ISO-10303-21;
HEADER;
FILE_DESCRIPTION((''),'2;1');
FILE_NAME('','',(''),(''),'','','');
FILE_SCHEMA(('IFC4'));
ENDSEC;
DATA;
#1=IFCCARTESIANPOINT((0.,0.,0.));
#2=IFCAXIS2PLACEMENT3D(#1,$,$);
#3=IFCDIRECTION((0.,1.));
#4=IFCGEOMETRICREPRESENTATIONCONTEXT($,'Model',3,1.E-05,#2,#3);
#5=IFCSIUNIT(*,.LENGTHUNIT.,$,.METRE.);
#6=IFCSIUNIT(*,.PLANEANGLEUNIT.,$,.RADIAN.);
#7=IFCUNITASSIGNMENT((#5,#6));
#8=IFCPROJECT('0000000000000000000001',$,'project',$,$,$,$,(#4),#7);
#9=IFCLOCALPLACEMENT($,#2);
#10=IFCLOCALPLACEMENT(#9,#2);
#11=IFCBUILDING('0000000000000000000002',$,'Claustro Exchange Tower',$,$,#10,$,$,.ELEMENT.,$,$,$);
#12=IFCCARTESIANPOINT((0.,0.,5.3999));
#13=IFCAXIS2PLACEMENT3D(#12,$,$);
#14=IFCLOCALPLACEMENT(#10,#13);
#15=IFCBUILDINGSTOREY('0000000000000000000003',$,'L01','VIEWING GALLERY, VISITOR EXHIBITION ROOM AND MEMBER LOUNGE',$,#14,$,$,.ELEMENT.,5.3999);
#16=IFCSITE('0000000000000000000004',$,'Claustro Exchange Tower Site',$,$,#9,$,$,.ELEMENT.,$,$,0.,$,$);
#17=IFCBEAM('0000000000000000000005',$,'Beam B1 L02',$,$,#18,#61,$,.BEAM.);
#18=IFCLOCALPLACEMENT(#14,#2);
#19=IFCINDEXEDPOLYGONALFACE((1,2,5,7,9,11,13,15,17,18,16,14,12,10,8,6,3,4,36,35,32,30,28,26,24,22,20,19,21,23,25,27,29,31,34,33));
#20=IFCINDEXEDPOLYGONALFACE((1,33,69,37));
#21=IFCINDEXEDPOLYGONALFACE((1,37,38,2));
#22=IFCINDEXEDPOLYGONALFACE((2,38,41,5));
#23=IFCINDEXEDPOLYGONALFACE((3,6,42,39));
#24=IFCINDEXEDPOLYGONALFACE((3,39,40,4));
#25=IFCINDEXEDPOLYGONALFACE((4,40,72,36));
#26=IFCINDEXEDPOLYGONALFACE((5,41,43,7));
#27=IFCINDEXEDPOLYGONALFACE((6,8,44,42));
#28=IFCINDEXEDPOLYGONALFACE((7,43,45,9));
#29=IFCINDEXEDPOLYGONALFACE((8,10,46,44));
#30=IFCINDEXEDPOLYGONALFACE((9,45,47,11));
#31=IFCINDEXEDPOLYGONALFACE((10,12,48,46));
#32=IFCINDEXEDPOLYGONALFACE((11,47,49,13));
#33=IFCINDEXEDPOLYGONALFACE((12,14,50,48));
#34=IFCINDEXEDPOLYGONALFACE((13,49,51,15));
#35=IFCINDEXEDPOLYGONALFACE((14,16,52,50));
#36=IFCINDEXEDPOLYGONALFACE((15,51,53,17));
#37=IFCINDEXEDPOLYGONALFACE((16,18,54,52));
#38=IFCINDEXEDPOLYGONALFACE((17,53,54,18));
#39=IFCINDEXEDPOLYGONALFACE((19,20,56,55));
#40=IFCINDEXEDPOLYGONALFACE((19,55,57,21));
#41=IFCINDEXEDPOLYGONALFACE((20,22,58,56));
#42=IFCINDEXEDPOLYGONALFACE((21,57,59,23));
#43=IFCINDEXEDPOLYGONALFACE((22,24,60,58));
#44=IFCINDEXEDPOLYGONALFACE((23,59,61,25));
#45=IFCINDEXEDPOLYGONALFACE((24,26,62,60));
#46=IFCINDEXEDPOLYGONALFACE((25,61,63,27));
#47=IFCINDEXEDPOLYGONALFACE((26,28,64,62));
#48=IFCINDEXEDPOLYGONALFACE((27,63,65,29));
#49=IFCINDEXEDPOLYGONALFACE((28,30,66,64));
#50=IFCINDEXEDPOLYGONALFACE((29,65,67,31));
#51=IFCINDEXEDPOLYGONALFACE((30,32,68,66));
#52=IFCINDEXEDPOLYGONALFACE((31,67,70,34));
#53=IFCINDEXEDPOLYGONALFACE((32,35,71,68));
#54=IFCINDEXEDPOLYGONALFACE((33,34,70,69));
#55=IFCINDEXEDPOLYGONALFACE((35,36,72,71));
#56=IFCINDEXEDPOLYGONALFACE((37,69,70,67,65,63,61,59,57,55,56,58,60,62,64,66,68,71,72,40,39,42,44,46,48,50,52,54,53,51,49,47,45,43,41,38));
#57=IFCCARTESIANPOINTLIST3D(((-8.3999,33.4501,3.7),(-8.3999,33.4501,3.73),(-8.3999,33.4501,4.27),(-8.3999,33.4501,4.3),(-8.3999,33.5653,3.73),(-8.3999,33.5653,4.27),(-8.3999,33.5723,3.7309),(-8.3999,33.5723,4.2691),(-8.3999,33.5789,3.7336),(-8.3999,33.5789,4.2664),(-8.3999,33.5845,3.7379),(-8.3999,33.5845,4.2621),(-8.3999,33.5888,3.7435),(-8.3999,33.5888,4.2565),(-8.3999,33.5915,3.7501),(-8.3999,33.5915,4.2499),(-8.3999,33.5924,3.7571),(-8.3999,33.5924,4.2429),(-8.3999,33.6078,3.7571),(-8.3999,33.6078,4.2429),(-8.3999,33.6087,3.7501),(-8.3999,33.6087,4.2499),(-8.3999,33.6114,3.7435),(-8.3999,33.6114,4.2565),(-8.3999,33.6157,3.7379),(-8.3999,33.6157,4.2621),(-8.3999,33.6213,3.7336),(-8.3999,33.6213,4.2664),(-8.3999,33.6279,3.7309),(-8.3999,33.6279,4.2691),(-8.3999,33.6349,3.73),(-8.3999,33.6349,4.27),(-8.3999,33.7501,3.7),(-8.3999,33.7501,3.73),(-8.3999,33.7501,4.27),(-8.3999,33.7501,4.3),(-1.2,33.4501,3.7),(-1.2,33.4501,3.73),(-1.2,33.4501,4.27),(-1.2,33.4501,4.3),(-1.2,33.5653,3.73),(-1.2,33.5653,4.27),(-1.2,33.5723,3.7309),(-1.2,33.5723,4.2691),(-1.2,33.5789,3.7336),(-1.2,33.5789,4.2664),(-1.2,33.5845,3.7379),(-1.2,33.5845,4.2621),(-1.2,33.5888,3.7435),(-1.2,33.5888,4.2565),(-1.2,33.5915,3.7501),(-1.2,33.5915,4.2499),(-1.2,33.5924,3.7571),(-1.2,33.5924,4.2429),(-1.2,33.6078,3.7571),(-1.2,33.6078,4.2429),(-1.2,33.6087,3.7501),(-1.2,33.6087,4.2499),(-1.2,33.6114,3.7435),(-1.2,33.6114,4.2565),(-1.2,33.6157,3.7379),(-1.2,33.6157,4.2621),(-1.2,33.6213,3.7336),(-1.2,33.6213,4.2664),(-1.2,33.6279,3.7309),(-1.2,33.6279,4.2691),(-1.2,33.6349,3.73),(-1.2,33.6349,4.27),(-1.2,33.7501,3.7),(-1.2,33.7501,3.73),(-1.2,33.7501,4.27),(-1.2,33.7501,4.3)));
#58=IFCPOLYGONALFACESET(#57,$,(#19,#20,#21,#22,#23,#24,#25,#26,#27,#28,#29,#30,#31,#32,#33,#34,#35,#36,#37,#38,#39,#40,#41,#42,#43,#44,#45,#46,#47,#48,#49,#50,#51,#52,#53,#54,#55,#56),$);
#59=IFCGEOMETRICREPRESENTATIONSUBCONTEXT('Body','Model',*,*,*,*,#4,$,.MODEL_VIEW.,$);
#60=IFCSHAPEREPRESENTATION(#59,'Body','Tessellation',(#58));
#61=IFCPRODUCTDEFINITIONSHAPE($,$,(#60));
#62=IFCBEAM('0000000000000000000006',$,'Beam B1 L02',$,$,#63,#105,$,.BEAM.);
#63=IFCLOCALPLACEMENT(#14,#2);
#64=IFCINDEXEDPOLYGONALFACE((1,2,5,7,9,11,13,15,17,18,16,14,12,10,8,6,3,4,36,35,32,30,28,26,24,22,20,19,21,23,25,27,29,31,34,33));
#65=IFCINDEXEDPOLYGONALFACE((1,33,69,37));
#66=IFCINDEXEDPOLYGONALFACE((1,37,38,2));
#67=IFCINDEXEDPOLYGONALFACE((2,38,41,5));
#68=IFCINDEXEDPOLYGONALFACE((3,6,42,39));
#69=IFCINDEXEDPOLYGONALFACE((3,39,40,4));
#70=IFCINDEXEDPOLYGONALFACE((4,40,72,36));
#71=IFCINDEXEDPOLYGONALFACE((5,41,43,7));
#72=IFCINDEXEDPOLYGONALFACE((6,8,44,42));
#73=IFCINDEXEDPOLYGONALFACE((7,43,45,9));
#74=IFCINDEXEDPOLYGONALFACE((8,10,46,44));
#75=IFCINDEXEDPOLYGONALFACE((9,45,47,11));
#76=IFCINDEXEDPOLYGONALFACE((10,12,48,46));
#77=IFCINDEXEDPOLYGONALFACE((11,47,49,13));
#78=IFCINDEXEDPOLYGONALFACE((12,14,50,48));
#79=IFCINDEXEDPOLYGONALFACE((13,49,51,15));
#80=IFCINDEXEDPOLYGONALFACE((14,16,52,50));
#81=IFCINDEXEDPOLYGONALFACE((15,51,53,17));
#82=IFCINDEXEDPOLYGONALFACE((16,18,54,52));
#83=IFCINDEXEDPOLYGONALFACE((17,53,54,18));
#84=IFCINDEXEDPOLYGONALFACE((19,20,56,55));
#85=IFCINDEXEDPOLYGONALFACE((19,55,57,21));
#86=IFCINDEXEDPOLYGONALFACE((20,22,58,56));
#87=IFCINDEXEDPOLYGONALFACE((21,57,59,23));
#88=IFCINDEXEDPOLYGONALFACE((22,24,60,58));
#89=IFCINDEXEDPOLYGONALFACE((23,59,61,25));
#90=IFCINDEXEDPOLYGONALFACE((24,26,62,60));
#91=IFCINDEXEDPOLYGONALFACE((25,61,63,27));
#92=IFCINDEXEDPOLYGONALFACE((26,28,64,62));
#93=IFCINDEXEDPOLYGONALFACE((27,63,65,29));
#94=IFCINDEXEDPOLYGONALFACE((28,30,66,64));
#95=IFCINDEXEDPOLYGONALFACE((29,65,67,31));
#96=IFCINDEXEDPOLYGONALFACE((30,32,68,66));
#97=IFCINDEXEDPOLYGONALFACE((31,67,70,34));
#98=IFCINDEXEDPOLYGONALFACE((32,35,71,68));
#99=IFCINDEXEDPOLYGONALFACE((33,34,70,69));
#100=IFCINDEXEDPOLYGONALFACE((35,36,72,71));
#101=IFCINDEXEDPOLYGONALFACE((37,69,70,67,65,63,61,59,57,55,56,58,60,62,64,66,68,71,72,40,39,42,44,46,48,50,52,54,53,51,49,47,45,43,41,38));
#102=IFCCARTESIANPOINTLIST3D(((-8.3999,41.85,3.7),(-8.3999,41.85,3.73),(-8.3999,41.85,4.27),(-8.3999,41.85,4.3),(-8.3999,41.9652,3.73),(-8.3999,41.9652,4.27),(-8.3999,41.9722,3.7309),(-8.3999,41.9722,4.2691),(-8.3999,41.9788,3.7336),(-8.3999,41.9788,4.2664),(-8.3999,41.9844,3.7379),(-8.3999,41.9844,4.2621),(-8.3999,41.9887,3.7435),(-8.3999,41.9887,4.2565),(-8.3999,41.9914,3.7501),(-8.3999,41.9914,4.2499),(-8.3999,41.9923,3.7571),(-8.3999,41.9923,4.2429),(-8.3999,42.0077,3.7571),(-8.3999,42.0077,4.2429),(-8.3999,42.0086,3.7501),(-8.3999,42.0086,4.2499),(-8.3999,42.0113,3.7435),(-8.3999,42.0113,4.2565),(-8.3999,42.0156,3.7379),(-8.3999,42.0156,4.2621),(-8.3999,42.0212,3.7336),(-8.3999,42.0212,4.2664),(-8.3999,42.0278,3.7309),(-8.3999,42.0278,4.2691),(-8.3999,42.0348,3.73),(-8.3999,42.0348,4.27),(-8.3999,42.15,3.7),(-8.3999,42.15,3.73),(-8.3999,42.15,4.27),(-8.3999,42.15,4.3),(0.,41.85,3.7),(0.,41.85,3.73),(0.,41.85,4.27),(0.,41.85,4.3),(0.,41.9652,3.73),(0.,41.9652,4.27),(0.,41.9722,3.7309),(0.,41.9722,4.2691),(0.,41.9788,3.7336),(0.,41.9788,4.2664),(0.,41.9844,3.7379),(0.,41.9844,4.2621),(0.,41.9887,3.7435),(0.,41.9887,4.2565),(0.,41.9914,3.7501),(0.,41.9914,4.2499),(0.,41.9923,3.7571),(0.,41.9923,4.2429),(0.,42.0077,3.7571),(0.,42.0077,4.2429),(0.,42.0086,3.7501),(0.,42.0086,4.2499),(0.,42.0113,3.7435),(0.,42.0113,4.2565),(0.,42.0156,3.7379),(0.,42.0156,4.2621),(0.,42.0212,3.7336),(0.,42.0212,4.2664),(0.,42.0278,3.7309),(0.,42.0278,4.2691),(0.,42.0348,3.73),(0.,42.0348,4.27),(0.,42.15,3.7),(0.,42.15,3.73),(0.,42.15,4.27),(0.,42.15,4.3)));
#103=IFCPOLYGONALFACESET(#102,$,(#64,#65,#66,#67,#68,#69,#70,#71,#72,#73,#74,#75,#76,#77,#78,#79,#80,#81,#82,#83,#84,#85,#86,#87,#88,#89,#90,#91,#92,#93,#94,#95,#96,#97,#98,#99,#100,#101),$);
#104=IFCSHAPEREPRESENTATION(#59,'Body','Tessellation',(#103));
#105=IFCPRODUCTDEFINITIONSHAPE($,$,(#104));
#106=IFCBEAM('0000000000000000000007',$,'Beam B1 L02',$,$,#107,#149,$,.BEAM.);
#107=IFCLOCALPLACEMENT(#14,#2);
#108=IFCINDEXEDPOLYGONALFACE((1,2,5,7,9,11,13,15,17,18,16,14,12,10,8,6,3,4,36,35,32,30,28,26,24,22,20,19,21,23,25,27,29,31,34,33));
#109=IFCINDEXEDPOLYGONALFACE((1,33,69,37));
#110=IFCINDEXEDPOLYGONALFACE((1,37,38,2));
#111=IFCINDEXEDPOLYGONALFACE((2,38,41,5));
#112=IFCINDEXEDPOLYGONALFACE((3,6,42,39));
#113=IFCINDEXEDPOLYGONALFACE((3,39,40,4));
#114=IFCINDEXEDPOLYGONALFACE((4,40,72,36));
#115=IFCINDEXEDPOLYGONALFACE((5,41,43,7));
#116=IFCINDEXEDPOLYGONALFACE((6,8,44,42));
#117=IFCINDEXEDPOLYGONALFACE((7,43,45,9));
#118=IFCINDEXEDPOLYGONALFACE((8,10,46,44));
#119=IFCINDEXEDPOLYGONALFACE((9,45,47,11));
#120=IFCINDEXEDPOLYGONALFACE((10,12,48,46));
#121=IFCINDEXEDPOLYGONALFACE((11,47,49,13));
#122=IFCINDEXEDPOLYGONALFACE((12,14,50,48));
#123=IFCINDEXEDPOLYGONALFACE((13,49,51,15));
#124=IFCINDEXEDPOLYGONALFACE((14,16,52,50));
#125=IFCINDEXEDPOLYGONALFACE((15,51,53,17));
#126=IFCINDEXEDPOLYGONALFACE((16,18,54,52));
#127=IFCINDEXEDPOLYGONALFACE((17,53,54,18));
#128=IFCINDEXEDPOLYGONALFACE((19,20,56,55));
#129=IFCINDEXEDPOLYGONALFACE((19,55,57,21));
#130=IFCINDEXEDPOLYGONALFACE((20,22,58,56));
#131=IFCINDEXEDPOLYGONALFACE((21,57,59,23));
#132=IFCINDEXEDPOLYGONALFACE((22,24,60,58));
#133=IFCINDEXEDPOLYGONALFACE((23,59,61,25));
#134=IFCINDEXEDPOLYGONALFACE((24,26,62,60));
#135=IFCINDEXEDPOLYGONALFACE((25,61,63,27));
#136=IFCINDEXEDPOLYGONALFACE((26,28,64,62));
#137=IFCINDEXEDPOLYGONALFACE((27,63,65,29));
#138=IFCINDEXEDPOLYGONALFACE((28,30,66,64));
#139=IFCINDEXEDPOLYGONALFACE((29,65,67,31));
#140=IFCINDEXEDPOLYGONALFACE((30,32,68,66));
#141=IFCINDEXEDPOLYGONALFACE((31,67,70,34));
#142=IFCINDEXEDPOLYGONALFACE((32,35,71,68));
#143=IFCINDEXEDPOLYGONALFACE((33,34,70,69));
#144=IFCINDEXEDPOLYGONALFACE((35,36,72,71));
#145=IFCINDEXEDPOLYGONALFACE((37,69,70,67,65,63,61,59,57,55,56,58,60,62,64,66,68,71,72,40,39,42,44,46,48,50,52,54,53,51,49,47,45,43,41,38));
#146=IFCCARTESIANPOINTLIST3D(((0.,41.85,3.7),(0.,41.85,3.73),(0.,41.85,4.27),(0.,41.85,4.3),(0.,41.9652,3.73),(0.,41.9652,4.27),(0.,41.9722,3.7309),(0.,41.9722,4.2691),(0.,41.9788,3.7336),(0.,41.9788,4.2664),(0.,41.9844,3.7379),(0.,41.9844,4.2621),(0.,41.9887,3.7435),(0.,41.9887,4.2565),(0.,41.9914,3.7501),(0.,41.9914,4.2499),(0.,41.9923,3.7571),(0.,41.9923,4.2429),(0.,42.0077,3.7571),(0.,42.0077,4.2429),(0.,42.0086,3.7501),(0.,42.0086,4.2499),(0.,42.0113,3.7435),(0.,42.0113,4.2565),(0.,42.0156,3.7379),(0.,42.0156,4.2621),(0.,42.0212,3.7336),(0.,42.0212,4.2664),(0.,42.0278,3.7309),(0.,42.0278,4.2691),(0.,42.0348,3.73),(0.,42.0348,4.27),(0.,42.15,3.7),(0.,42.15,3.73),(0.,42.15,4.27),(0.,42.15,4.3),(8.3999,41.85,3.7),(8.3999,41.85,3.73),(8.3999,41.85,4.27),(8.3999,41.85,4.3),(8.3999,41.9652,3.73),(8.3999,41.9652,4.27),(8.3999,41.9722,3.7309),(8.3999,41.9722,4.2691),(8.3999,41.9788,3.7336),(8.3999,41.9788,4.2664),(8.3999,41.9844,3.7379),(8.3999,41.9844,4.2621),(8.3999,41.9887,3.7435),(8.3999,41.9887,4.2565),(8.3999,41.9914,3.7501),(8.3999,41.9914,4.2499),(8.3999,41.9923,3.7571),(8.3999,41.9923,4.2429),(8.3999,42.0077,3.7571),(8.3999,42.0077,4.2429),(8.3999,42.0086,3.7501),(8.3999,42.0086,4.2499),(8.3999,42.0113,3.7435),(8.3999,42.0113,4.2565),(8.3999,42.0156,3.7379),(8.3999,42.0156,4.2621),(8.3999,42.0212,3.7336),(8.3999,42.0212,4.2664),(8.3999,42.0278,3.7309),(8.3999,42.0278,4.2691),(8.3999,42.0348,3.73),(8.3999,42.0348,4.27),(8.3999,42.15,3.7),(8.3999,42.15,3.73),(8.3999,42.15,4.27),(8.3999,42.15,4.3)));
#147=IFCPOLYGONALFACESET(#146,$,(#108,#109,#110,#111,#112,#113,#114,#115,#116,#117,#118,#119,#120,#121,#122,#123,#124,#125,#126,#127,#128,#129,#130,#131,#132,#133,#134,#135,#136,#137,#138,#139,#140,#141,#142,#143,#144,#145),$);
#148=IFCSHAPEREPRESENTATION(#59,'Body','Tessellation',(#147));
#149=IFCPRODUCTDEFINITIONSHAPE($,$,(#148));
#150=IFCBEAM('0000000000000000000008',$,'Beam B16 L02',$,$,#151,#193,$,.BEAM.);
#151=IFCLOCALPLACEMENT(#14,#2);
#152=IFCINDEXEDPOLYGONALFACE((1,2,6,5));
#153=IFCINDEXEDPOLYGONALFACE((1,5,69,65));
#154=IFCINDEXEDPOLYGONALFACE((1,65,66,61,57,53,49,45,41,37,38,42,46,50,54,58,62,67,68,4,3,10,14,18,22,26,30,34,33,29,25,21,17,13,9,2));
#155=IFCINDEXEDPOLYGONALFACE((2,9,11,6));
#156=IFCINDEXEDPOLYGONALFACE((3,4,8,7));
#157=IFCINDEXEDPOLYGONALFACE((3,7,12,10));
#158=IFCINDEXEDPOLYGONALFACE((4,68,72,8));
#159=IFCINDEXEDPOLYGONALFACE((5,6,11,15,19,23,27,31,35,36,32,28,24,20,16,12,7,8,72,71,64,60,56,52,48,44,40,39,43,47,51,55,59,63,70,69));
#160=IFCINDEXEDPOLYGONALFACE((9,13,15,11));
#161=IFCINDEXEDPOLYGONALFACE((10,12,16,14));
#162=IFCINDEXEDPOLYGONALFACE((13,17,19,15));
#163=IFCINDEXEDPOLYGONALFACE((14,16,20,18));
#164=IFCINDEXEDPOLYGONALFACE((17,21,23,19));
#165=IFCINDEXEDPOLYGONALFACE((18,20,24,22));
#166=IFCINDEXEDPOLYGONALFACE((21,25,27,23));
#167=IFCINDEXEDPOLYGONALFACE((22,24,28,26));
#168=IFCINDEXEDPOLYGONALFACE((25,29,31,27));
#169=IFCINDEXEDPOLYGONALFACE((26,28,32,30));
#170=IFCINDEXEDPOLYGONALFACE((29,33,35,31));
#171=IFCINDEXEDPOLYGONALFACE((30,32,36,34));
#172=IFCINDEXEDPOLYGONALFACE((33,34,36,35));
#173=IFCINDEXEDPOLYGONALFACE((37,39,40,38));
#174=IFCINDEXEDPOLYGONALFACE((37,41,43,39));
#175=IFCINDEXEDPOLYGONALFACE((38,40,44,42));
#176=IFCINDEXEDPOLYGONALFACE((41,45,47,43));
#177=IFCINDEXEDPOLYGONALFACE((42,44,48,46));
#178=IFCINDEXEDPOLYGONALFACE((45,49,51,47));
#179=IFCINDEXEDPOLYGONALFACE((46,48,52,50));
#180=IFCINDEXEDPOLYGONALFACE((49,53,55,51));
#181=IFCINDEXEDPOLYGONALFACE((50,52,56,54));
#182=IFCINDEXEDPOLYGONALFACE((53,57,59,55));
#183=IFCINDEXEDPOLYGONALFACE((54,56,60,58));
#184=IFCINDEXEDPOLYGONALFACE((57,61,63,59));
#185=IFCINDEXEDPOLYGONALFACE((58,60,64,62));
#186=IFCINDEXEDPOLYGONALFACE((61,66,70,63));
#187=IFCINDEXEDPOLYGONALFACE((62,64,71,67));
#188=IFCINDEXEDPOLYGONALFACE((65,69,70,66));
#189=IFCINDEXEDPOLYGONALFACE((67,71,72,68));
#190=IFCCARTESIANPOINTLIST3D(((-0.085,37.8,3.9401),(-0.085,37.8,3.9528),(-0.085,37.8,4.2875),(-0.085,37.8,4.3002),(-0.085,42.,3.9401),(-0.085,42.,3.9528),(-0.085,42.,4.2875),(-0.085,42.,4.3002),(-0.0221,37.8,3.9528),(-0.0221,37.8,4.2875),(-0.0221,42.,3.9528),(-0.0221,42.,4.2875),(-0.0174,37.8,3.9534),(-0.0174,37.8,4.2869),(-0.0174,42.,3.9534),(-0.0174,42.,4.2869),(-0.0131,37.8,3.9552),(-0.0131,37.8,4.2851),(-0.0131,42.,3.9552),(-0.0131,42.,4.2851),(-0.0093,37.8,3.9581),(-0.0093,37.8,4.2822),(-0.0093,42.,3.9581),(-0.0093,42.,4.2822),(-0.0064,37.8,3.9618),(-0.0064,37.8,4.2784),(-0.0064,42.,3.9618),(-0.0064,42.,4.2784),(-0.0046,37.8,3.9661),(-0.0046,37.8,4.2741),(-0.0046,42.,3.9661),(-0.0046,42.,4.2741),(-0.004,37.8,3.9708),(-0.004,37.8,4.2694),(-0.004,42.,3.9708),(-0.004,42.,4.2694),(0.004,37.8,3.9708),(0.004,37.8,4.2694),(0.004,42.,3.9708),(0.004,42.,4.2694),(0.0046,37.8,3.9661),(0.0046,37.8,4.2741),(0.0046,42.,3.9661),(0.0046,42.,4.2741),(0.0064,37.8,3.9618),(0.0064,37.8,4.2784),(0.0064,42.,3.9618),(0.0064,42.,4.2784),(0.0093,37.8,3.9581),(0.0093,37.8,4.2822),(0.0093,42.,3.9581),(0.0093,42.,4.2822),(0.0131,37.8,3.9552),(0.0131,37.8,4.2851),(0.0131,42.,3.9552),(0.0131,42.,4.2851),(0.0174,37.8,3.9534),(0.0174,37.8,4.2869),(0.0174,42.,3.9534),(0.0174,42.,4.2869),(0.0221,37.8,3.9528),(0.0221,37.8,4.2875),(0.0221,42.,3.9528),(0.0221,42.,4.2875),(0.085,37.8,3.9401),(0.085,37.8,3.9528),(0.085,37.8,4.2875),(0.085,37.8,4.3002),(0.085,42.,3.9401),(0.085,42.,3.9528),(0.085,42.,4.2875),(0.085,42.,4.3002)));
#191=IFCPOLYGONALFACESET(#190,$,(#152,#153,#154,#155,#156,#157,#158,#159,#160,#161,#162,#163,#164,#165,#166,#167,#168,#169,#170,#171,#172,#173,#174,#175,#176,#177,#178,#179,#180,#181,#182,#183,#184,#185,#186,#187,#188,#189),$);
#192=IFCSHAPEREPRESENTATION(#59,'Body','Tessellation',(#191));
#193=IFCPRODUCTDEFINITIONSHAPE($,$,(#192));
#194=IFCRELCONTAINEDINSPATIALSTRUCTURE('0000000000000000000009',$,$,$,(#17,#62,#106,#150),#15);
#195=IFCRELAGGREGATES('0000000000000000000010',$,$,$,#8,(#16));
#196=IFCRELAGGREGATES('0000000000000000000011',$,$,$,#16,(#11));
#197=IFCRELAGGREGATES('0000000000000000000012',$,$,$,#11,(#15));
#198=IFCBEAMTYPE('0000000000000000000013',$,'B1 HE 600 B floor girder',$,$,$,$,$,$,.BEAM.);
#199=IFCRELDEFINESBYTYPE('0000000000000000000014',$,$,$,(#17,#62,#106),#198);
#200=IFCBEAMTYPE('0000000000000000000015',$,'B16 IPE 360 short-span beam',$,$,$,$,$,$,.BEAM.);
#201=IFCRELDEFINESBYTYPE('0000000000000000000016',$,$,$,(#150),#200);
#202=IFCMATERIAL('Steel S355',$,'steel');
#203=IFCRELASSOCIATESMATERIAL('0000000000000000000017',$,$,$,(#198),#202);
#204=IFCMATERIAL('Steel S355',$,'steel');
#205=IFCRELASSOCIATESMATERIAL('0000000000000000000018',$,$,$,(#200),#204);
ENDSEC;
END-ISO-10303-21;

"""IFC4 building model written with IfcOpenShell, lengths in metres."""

from ifc_helpers import new_model, si_unit, direction, frame, origin, origin_2d, place, context, subcontext, project, spatial, i_section, extrude, material, material_profile, profile_set, type_object, element, save


model = new_model("IFC4")

# Units and contexts
model_context = context("Model", 3, precision=1e-05, world=origin(), true_north=direction((0.0, 1.0)))
body_context = subcontext(model_context, "Body", "Model", "MODEL_VIEW")
ifc_project = project(units=[si_unit("LENGTHUNIT", "METRE"), si_unit("PLANEANGLEUNIT", "RADIAN")], contexts=[model_context])

# Site, building, storey
site_placement = place(None, origin())
site = spatial("IfcSite", under=ifc_project, at=site_placement, Name="Claustro Exchange Tower Site", CompositionType="ELEMENT", RefElevation=0.0)
building_placement = place(site_placement, origin())
building = spatial("IfcBuilding", under=site, at=building_placement, Name="Claustro Exchange Tower", CompositionType="ELEMENT")
storey_placement = place(building_placement, frame((0.0, 0.0, 5.3999)))
storey = spatial("IfcBuildingStorey", under=building, at=storey_placement, Name="L01", Description="VIEWING GALLERY, VISITOR EXHIBITION ROOM AND MEMBER LOUNGE", CompositionType="ELEMENT", Elevation=5.3999)

# Beams
ifc_material_1 = material(Name="Steel S355", Category="steel")
ifc_material_profile_1 = material_profile(ifc_material_1, i_section(OverallWidth=0.3, OverallDepth=0.6001, WebThickness=0.0154, FlangeThickness=0.03, FilletRadius=0.0271, at=origin_2d()), Name="HE 600 B")
ifc_profile_set_1 = profile_set([ifc_material_profile_1], Name="Steel S355")
beam_type_1 = type_object("IfcBeamType", Name="B1 HE 600 B floor girder", PredefinedType="BEAM", material=ifc_profile_set_1)
beam_1_placement = place(storey_placement, frame((-8.3999, 33.6001, 4.0), z_axis=(1.0, 0.0, 0.0), x_axis=(0.0, 1.0, 0.0)))
element("IfcBeam", 1, at=beam_1_placement, inside=storey, type_object=beam_type_1, Name="Beam B1 L02", PredefinedType="BEAM", context=body_context, shape_type="SweptSolid", body=[
    extrude(i_section(OverallWidth=0.3, OverallDepth=0.6001, WebThickness=0.0154, FlangeThickness=0.03, FilletRadius=0.0271, at=origin_2d()), origin(), (0.0, 0.0, 1.0), 7.2),
])
for number, where, z_axis, x_axis, name in (
    (2, (-8.3999, 42.0, 4.0), (1.0, 0.0, 0.0), (0.0, 1.0, 0.0), "Beam B1 L02"),
    (3, (0.0, 42.0, 4.0), (1.0, 0.0, 0.0), (0.0, 1.0, 0.0), "Beam B1 L02"),
):
    element("IfcBeam", number, at=place(storey_placement, frame(where, z_axis=z_axis, x_axis=x_axis)), inside=storey, type_object=beam_type_1, Name=name, PredefinedType="BEAM", context=body_context, shape_type="SweptSolid", body=[
        extrude(i_section(OverallWidth=0.3, OverallDepth=0.6001, WebThickness=0.0154, FlangeThickness=0.03, FilletRadius=0.0271, at=origin_2d()), origin(), (0.0, 0.0, 1.0), 8.3999),
    ])
ifc_material_2 = material(Name="Steel S355", Category="steel")
ifc_material_profile_2 = material_profile(ifc_material_2, i_section(OverallWidth=0.1699, OverallDepth=0.3601, WebThickness=0.0081, FlangeThickness=0.0127, FilletRadius=0.0181, at=origin_2d()), Name="IPE 360")
ifc_profile_set_2 = profile_set([ifc_material_profile_2], Name="Steel S355")
beam_type_2 = type_object("IfcBeamType", Name="B16 IPE 360 short-span beam", PredefinedType="BEAM", material=ifc_profile_set_2)
beam_2_placement = place(storey_placement, frame((0.0, 37.8, 4.1201), z_axis=(0.0, 1.0, 0.0), x_axis=(-1.0, 0.0, 0.0)))
element("IfcBeam", 4, at=beam_2_placement, inside=storey, type_object=beam_type_2, Name="Beam B16 L02", PredefinedType="BEAM", context=body_context, shape_type="SweptSolid", body=[
    extrude(i_section(OverallWidth=0.1699, OverallDepth=0.3601, WebThickness=0.0081, FlangeThickness=0.0127, FilletRadius=0.0181, at=origin_2d()), origin(), (0.0, 0.0, 1.0), 4.2),
])

save(model, "model.ifc")
